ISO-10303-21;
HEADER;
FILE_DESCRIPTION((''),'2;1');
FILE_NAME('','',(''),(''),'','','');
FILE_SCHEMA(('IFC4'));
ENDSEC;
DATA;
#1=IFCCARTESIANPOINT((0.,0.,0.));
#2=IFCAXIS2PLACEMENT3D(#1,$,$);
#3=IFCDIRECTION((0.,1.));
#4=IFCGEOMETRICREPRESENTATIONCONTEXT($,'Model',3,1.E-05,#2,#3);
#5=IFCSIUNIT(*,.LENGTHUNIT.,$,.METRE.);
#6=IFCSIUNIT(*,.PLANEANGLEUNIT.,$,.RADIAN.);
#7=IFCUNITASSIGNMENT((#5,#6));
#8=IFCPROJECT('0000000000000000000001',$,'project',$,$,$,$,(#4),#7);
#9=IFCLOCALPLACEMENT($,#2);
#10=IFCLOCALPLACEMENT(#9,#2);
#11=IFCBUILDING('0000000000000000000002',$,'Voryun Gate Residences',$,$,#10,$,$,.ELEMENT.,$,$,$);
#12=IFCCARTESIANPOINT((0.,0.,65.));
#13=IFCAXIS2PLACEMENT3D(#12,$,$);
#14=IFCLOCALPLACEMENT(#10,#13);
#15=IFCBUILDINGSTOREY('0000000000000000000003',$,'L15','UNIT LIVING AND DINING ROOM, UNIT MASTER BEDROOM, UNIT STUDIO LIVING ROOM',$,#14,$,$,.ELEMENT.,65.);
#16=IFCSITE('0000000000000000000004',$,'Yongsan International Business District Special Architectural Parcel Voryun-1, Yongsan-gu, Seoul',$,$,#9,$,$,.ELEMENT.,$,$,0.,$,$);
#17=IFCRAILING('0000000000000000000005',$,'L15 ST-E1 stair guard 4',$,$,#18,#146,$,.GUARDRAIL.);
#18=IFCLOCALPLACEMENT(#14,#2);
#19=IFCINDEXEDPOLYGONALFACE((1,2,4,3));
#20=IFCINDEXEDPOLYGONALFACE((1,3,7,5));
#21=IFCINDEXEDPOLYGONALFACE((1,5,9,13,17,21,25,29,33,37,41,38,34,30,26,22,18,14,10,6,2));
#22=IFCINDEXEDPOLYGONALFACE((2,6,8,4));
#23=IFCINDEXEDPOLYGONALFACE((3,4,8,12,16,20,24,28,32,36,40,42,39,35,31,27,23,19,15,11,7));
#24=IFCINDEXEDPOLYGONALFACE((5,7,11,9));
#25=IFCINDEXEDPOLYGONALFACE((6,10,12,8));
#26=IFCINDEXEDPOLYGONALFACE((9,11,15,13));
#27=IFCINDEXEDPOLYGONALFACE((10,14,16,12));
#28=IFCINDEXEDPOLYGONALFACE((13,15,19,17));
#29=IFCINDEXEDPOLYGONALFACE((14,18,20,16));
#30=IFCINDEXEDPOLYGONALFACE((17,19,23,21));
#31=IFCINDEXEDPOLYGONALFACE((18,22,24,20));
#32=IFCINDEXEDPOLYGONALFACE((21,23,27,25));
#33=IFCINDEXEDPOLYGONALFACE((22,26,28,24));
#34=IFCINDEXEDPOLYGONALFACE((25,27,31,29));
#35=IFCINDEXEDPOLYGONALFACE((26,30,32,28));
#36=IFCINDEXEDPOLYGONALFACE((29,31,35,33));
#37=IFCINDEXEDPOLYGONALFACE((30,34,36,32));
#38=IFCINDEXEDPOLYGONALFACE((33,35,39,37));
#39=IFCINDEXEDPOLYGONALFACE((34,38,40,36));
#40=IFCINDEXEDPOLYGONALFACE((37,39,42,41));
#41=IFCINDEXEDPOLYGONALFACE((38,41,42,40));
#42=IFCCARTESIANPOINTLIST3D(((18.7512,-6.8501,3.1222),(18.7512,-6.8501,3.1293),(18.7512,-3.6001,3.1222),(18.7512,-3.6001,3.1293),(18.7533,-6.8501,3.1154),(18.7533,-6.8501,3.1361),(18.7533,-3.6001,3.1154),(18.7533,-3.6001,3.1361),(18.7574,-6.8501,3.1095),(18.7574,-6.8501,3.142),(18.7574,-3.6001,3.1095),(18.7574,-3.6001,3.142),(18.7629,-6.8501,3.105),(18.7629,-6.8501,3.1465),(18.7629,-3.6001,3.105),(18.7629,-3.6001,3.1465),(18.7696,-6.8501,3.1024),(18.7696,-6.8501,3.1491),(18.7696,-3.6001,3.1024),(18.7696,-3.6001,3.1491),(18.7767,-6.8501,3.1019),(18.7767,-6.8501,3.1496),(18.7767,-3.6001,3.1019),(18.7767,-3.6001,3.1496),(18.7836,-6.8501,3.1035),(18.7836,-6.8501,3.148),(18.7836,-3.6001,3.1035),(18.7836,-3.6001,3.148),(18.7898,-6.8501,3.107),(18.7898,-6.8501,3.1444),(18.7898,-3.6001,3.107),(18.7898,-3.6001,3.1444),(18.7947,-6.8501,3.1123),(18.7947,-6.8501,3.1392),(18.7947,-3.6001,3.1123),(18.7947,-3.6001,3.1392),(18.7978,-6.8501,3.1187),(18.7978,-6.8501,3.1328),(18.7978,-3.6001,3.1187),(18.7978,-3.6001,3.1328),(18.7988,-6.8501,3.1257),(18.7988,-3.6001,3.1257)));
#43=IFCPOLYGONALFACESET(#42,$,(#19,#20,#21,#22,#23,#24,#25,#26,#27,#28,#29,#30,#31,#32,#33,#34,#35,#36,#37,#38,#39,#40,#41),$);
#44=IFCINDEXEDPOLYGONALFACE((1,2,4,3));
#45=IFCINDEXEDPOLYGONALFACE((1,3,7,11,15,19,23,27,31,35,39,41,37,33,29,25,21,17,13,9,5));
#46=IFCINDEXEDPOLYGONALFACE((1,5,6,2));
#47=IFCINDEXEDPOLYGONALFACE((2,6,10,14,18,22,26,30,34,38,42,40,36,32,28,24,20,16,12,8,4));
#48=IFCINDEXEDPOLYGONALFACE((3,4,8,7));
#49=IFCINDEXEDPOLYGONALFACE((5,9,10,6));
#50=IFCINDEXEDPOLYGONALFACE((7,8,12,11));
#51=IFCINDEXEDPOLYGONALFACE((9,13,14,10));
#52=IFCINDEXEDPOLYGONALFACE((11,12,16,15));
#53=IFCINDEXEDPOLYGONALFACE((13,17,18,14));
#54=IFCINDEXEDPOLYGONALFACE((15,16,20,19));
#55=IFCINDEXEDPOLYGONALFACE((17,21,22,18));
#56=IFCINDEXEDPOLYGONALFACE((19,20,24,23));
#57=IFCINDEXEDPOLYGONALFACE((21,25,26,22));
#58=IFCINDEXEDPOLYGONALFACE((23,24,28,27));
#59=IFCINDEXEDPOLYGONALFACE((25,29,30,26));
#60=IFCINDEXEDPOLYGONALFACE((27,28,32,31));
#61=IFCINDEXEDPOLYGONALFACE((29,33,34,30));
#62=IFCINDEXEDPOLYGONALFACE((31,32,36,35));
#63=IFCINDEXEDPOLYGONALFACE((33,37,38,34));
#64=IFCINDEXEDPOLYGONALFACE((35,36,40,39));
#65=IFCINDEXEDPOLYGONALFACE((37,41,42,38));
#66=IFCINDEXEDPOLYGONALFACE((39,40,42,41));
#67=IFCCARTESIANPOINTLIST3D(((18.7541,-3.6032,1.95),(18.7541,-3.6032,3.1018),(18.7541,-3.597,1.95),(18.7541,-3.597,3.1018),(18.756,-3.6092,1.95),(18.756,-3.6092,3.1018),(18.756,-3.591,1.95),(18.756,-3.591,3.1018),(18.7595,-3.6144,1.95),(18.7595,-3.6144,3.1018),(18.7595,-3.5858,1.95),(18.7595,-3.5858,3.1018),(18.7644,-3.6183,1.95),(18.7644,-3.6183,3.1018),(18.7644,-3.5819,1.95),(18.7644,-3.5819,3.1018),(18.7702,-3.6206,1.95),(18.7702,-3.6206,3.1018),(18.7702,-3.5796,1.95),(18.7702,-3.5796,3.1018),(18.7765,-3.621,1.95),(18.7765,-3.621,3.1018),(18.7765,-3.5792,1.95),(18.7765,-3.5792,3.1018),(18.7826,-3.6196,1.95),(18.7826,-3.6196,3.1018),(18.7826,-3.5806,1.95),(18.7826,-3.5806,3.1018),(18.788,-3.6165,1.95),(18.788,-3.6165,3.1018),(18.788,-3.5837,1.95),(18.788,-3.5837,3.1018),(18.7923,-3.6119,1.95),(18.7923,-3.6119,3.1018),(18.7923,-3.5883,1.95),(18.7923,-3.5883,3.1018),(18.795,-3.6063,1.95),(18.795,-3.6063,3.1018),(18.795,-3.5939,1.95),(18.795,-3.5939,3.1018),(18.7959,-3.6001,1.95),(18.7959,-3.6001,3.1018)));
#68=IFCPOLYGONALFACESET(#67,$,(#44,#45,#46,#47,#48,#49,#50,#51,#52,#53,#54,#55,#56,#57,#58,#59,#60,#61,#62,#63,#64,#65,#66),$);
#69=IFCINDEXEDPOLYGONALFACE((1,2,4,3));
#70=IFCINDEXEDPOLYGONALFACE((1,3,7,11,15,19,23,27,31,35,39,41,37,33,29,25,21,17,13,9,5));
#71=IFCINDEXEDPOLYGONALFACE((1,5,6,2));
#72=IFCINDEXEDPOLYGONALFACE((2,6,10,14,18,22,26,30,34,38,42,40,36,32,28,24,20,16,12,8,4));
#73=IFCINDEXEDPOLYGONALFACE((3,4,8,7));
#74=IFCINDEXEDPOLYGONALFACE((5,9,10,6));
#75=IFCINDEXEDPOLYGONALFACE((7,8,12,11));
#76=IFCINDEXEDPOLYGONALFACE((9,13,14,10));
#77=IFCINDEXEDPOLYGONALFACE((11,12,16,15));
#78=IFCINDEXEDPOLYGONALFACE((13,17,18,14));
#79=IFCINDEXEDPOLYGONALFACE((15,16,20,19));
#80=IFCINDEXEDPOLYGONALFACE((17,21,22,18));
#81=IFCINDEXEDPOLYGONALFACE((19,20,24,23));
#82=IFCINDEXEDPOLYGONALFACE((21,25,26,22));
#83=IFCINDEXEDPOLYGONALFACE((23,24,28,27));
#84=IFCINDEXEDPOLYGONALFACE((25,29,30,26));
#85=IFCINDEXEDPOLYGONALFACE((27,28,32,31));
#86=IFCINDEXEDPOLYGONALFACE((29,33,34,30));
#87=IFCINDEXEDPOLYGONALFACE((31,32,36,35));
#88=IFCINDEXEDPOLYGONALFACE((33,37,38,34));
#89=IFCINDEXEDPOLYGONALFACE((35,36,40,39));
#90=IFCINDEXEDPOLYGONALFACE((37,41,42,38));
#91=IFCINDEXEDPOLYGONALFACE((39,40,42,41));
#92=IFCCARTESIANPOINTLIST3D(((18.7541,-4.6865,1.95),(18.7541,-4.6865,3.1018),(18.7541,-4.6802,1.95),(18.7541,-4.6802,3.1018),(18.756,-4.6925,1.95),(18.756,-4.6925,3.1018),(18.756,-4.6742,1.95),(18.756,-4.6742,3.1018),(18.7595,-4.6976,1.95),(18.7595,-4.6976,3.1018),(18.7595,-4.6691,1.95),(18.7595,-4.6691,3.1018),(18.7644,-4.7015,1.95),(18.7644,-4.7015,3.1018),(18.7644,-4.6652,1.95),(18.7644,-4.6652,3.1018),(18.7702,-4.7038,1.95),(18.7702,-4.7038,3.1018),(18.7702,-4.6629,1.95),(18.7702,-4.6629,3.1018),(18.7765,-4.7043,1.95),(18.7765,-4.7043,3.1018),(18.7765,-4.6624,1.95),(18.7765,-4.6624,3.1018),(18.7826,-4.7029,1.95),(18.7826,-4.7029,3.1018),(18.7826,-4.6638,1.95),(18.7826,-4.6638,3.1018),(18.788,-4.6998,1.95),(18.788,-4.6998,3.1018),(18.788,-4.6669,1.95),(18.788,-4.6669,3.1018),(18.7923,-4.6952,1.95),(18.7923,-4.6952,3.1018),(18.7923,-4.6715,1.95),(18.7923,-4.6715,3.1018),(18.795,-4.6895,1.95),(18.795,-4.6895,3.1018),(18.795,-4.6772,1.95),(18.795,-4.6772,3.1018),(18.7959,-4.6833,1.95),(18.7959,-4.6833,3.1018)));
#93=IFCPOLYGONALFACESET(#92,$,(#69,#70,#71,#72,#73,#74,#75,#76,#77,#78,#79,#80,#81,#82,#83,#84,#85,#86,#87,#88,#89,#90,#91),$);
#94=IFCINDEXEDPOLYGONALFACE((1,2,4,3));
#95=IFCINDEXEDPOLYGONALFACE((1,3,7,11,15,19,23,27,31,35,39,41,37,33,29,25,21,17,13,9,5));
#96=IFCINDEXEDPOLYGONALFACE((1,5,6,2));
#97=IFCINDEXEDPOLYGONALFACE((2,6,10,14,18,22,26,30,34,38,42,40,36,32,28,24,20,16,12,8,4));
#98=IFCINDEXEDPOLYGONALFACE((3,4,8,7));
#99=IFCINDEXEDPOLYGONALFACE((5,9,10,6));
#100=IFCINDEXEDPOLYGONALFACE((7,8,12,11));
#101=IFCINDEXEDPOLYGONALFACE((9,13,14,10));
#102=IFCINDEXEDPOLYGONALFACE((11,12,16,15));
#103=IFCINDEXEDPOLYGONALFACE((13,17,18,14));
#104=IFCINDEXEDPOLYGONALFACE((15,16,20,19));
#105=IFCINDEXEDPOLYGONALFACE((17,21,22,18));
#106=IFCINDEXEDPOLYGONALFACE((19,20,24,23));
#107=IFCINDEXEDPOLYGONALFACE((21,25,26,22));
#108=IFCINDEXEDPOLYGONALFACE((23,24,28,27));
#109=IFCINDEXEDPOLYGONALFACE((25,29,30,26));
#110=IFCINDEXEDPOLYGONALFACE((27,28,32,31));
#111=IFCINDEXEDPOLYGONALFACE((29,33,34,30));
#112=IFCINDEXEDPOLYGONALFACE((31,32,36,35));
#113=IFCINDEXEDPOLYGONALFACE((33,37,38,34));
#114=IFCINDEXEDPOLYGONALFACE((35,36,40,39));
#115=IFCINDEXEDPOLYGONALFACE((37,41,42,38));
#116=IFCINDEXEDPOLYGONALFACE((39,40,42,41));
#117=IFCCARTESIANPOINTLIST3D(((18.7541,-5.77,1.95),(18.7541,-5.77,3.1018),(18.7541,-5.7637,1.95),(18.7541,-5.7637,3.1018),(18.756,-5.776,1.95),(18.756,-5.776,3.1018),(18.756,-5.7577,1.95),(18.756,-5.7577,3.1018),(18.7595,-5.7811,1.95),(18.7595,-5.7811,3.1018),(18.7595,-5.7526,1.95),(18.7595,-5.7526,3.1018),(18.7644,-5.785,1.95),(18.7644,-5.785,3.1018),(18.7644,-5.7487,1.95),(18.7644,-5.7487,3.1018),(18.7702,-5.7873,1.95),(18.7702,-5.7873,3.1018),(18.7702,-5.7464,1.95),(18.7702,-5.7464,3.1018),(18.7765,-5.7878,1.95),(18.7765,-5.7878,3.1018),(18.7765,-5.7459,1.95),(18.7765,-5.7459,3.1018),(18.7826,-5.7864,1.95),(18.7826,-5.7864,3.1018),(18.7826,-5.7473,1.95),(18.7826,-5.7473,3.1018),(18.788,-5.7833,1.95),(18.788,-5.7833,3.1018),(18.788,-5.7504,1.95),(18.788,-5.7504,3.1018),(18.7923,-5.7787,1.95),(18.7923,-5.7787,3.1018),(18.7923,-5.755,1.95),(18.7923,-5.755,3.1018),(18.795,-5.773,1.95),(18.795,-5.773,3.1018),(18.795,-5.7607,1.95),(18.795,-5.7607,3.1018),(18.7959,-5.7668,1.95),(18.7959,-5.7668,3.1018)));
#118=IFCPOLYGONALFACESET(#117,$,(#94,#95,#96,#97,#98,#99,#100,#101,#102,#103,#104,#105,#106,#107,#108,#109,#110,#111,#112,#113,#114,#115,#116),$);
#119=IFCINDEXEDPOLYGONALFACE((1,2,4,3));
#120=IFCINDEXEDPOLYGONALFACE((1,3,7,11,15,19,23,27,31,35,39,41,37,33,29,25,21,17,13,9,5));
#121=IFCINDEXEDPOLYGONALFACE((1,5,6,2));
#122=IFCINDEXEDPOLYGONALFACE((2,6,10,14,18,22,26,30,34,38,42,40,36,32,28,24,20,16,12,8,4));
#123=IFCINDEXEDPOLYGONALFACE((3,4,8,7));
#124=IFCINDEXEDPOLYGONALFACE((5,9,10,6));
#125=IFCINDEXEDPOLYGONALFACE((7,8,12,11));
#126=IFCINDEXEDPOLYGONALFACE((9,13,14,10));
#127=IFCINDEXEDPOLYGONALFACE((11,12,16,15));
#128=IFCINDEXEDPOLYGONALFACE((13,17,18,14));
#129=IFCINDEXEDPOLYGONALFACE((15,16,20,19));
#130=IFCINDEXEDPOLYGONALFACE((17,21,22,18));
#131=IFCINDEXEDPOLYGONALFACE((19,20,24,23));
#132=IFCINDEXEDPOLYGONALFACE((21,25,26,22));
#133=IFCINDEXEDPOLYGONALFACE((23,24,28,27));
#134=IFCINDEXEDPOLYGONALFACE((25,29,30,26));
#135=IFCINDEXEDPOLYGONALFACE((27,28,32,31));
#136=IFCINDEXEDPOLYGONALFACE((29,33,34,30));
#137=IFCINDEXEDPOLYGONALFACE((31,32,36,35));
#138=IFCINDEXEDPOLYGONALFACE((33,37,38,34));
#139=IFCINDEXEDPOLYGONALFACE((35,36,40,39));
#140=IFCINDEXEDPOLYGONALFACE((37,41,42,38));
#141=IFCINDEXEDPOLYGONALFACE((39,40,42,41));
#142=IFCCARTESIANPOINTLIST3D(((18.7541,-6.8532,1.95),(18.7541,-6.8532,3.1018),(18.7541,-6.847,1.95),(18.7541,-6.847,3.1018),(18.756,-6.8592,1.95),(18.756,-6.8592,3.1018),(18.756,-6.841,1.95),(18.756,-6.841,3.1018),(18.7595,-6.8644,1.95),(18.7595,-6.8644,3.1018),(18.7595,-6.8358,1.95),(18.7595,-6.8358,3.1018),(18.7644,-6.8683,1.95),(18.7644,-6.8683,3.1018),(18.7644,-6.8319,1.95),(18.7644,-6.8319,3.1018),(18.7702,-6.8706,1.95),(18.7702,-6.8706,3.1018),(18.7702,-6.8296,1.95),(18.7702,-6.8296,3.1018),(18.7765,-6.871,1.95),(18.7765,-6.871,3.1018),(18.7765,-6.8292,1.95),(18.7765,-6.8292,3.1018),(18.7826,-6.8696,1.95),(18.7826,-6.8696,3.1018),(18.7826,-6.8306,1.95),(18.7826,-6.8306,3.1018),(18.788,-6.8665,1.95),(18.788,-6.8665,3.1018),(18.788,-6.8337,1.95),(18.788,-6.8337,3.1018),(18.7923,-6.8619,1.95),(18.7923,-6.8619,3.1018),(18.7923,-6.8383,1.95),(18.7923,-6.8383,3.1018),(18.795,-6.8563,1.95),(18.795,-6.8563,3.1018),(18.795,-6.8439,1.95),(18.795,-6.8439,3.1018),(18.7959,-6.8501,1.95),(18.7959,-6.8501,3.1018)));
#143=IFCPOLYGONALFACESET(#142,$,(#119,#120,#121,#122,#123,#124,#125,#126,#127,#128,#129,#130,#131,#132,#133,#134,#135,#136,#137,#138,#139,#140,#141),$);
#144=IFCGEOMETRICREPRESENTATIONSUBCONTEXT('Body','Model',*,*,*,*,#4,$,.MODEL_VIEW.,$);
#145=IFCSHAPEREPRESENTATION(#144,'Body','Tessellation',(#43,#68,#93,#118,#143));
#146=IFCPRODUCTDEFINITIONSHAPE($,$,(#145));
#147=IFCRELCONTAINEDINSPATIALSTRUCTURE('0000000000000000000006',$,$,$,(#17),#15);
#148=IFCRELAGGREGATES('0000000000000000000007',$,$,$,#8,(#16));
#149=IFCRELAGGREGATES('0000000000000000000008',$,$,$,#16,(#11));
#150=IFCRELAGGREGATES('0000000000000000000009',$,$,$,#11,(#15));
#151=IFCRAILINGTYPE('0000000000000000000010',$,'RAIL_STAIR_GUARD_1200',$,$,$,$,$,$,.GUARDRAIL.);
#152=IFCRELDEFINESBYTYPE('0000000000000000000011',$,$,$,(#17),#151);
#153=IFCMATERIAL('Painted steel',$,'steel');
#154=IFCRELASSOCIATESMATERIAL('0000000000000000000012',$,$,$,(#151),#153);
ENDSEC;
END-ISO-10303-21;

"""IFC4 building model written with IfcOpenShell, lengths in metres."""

from ifc_helpers import new_model, si_unit, direction, frame, origin, origin_2d, place, context, subcontext, project, spatial, circle, extrude, material, type_object, element, save


model = new_model("IFC4")

# Units and contexts
model_context = context("Model", 3, precision=1e-05, world=origin(), true_north=direction((0.0, 1.0)))
body_context = subcontext(model_context, "Body", "Model", "MODEL_VIEW")
ifc_project = project(units=[si_unit("LENGTHUNIT", "METRE"), si_unit("PLANEANGLEUNIT", "RADIAN")], contexts=[model_context])

# Site, building, storey
site_placement = place(None, origin())
site = spatial("IfcSite", under=ifc_project, at=site_placement, Name="Yongsan International Business District Special Architectural Parcel Voryun-1, Yongsan-gu, Seoul", CompositionType="ELEMENT", RefElevation=0.0)
building_placement = place(site_placement, origin())
building = spatial("IfcBuilding", under=site, at=building_placement, Name="Voryun Gate Residences", CompositionType="ELEMENT")
storey_placement = place(building_placement, frame((0.0, 0.0, 65.0)))
storey = spatial("IfcBuildingStorey", under=building, at=storey_placement, Name="L15", Description="UNIT LIVING AND DINING ROOM, UNIT MASTER BEDROOM, UNIT STUDIO LIVING ROOM", CompositionType="ELEMENT", Elevation=65.0)

# Railing
ifc_material_1 = material(Name="Painted steel", Category="steel")
railing_type_1 = type_object("IfcRailingType", Name="RAIL_STAIR_GUARD_1200", PredefinedType="GUARDRAIL", material=ifc_material_1)
for number, where, name in (
    (1, (18.7749, -3.6001, 1.95), "L15 ST-E1 stair guard 4"),
):
    element("IfcRailing", number, at=place(storey_placement, frame(where)), inside=storey, type_object=railing_type_1, Name=name, PredefinedType="GUARDRAIL", context=body_context, shape_type="SweptSolid", body=[
        extrude(circle(Radius=0.0239, at=origin_2d()), frame((0.0, 0.0, 1.1758), z_axis=(0.0, -1.0, 0.0), x_axis=(1.0, 0.0, 0.0)), (0.0, 0.0, 1.0), 3.25),
        extrude(circle(Radius=0.021, at=origin_2d()), origin(), (0.0, 0.0, 1.0), 1.1519),
        extrude(circle(Radius=0.021, at=origin_2d()), frame((0.0, -1.0833, 0.0)), (0.0, 0.0, 1.0), 1.1519),
        extrude(circle(Radius=0.021, at=origin_2d()), frame((0.0, -2.1667, 0.0)), (0.0, 0.0, 1.0), 1.1519),
        extrude(circle(Radius=0.021, at=origin_2d()), frame((0.0, -3.25, 0.0)), (0.0, 0.0, 1.0), 1.1519),
    ])

save(model, "model.ifc")
